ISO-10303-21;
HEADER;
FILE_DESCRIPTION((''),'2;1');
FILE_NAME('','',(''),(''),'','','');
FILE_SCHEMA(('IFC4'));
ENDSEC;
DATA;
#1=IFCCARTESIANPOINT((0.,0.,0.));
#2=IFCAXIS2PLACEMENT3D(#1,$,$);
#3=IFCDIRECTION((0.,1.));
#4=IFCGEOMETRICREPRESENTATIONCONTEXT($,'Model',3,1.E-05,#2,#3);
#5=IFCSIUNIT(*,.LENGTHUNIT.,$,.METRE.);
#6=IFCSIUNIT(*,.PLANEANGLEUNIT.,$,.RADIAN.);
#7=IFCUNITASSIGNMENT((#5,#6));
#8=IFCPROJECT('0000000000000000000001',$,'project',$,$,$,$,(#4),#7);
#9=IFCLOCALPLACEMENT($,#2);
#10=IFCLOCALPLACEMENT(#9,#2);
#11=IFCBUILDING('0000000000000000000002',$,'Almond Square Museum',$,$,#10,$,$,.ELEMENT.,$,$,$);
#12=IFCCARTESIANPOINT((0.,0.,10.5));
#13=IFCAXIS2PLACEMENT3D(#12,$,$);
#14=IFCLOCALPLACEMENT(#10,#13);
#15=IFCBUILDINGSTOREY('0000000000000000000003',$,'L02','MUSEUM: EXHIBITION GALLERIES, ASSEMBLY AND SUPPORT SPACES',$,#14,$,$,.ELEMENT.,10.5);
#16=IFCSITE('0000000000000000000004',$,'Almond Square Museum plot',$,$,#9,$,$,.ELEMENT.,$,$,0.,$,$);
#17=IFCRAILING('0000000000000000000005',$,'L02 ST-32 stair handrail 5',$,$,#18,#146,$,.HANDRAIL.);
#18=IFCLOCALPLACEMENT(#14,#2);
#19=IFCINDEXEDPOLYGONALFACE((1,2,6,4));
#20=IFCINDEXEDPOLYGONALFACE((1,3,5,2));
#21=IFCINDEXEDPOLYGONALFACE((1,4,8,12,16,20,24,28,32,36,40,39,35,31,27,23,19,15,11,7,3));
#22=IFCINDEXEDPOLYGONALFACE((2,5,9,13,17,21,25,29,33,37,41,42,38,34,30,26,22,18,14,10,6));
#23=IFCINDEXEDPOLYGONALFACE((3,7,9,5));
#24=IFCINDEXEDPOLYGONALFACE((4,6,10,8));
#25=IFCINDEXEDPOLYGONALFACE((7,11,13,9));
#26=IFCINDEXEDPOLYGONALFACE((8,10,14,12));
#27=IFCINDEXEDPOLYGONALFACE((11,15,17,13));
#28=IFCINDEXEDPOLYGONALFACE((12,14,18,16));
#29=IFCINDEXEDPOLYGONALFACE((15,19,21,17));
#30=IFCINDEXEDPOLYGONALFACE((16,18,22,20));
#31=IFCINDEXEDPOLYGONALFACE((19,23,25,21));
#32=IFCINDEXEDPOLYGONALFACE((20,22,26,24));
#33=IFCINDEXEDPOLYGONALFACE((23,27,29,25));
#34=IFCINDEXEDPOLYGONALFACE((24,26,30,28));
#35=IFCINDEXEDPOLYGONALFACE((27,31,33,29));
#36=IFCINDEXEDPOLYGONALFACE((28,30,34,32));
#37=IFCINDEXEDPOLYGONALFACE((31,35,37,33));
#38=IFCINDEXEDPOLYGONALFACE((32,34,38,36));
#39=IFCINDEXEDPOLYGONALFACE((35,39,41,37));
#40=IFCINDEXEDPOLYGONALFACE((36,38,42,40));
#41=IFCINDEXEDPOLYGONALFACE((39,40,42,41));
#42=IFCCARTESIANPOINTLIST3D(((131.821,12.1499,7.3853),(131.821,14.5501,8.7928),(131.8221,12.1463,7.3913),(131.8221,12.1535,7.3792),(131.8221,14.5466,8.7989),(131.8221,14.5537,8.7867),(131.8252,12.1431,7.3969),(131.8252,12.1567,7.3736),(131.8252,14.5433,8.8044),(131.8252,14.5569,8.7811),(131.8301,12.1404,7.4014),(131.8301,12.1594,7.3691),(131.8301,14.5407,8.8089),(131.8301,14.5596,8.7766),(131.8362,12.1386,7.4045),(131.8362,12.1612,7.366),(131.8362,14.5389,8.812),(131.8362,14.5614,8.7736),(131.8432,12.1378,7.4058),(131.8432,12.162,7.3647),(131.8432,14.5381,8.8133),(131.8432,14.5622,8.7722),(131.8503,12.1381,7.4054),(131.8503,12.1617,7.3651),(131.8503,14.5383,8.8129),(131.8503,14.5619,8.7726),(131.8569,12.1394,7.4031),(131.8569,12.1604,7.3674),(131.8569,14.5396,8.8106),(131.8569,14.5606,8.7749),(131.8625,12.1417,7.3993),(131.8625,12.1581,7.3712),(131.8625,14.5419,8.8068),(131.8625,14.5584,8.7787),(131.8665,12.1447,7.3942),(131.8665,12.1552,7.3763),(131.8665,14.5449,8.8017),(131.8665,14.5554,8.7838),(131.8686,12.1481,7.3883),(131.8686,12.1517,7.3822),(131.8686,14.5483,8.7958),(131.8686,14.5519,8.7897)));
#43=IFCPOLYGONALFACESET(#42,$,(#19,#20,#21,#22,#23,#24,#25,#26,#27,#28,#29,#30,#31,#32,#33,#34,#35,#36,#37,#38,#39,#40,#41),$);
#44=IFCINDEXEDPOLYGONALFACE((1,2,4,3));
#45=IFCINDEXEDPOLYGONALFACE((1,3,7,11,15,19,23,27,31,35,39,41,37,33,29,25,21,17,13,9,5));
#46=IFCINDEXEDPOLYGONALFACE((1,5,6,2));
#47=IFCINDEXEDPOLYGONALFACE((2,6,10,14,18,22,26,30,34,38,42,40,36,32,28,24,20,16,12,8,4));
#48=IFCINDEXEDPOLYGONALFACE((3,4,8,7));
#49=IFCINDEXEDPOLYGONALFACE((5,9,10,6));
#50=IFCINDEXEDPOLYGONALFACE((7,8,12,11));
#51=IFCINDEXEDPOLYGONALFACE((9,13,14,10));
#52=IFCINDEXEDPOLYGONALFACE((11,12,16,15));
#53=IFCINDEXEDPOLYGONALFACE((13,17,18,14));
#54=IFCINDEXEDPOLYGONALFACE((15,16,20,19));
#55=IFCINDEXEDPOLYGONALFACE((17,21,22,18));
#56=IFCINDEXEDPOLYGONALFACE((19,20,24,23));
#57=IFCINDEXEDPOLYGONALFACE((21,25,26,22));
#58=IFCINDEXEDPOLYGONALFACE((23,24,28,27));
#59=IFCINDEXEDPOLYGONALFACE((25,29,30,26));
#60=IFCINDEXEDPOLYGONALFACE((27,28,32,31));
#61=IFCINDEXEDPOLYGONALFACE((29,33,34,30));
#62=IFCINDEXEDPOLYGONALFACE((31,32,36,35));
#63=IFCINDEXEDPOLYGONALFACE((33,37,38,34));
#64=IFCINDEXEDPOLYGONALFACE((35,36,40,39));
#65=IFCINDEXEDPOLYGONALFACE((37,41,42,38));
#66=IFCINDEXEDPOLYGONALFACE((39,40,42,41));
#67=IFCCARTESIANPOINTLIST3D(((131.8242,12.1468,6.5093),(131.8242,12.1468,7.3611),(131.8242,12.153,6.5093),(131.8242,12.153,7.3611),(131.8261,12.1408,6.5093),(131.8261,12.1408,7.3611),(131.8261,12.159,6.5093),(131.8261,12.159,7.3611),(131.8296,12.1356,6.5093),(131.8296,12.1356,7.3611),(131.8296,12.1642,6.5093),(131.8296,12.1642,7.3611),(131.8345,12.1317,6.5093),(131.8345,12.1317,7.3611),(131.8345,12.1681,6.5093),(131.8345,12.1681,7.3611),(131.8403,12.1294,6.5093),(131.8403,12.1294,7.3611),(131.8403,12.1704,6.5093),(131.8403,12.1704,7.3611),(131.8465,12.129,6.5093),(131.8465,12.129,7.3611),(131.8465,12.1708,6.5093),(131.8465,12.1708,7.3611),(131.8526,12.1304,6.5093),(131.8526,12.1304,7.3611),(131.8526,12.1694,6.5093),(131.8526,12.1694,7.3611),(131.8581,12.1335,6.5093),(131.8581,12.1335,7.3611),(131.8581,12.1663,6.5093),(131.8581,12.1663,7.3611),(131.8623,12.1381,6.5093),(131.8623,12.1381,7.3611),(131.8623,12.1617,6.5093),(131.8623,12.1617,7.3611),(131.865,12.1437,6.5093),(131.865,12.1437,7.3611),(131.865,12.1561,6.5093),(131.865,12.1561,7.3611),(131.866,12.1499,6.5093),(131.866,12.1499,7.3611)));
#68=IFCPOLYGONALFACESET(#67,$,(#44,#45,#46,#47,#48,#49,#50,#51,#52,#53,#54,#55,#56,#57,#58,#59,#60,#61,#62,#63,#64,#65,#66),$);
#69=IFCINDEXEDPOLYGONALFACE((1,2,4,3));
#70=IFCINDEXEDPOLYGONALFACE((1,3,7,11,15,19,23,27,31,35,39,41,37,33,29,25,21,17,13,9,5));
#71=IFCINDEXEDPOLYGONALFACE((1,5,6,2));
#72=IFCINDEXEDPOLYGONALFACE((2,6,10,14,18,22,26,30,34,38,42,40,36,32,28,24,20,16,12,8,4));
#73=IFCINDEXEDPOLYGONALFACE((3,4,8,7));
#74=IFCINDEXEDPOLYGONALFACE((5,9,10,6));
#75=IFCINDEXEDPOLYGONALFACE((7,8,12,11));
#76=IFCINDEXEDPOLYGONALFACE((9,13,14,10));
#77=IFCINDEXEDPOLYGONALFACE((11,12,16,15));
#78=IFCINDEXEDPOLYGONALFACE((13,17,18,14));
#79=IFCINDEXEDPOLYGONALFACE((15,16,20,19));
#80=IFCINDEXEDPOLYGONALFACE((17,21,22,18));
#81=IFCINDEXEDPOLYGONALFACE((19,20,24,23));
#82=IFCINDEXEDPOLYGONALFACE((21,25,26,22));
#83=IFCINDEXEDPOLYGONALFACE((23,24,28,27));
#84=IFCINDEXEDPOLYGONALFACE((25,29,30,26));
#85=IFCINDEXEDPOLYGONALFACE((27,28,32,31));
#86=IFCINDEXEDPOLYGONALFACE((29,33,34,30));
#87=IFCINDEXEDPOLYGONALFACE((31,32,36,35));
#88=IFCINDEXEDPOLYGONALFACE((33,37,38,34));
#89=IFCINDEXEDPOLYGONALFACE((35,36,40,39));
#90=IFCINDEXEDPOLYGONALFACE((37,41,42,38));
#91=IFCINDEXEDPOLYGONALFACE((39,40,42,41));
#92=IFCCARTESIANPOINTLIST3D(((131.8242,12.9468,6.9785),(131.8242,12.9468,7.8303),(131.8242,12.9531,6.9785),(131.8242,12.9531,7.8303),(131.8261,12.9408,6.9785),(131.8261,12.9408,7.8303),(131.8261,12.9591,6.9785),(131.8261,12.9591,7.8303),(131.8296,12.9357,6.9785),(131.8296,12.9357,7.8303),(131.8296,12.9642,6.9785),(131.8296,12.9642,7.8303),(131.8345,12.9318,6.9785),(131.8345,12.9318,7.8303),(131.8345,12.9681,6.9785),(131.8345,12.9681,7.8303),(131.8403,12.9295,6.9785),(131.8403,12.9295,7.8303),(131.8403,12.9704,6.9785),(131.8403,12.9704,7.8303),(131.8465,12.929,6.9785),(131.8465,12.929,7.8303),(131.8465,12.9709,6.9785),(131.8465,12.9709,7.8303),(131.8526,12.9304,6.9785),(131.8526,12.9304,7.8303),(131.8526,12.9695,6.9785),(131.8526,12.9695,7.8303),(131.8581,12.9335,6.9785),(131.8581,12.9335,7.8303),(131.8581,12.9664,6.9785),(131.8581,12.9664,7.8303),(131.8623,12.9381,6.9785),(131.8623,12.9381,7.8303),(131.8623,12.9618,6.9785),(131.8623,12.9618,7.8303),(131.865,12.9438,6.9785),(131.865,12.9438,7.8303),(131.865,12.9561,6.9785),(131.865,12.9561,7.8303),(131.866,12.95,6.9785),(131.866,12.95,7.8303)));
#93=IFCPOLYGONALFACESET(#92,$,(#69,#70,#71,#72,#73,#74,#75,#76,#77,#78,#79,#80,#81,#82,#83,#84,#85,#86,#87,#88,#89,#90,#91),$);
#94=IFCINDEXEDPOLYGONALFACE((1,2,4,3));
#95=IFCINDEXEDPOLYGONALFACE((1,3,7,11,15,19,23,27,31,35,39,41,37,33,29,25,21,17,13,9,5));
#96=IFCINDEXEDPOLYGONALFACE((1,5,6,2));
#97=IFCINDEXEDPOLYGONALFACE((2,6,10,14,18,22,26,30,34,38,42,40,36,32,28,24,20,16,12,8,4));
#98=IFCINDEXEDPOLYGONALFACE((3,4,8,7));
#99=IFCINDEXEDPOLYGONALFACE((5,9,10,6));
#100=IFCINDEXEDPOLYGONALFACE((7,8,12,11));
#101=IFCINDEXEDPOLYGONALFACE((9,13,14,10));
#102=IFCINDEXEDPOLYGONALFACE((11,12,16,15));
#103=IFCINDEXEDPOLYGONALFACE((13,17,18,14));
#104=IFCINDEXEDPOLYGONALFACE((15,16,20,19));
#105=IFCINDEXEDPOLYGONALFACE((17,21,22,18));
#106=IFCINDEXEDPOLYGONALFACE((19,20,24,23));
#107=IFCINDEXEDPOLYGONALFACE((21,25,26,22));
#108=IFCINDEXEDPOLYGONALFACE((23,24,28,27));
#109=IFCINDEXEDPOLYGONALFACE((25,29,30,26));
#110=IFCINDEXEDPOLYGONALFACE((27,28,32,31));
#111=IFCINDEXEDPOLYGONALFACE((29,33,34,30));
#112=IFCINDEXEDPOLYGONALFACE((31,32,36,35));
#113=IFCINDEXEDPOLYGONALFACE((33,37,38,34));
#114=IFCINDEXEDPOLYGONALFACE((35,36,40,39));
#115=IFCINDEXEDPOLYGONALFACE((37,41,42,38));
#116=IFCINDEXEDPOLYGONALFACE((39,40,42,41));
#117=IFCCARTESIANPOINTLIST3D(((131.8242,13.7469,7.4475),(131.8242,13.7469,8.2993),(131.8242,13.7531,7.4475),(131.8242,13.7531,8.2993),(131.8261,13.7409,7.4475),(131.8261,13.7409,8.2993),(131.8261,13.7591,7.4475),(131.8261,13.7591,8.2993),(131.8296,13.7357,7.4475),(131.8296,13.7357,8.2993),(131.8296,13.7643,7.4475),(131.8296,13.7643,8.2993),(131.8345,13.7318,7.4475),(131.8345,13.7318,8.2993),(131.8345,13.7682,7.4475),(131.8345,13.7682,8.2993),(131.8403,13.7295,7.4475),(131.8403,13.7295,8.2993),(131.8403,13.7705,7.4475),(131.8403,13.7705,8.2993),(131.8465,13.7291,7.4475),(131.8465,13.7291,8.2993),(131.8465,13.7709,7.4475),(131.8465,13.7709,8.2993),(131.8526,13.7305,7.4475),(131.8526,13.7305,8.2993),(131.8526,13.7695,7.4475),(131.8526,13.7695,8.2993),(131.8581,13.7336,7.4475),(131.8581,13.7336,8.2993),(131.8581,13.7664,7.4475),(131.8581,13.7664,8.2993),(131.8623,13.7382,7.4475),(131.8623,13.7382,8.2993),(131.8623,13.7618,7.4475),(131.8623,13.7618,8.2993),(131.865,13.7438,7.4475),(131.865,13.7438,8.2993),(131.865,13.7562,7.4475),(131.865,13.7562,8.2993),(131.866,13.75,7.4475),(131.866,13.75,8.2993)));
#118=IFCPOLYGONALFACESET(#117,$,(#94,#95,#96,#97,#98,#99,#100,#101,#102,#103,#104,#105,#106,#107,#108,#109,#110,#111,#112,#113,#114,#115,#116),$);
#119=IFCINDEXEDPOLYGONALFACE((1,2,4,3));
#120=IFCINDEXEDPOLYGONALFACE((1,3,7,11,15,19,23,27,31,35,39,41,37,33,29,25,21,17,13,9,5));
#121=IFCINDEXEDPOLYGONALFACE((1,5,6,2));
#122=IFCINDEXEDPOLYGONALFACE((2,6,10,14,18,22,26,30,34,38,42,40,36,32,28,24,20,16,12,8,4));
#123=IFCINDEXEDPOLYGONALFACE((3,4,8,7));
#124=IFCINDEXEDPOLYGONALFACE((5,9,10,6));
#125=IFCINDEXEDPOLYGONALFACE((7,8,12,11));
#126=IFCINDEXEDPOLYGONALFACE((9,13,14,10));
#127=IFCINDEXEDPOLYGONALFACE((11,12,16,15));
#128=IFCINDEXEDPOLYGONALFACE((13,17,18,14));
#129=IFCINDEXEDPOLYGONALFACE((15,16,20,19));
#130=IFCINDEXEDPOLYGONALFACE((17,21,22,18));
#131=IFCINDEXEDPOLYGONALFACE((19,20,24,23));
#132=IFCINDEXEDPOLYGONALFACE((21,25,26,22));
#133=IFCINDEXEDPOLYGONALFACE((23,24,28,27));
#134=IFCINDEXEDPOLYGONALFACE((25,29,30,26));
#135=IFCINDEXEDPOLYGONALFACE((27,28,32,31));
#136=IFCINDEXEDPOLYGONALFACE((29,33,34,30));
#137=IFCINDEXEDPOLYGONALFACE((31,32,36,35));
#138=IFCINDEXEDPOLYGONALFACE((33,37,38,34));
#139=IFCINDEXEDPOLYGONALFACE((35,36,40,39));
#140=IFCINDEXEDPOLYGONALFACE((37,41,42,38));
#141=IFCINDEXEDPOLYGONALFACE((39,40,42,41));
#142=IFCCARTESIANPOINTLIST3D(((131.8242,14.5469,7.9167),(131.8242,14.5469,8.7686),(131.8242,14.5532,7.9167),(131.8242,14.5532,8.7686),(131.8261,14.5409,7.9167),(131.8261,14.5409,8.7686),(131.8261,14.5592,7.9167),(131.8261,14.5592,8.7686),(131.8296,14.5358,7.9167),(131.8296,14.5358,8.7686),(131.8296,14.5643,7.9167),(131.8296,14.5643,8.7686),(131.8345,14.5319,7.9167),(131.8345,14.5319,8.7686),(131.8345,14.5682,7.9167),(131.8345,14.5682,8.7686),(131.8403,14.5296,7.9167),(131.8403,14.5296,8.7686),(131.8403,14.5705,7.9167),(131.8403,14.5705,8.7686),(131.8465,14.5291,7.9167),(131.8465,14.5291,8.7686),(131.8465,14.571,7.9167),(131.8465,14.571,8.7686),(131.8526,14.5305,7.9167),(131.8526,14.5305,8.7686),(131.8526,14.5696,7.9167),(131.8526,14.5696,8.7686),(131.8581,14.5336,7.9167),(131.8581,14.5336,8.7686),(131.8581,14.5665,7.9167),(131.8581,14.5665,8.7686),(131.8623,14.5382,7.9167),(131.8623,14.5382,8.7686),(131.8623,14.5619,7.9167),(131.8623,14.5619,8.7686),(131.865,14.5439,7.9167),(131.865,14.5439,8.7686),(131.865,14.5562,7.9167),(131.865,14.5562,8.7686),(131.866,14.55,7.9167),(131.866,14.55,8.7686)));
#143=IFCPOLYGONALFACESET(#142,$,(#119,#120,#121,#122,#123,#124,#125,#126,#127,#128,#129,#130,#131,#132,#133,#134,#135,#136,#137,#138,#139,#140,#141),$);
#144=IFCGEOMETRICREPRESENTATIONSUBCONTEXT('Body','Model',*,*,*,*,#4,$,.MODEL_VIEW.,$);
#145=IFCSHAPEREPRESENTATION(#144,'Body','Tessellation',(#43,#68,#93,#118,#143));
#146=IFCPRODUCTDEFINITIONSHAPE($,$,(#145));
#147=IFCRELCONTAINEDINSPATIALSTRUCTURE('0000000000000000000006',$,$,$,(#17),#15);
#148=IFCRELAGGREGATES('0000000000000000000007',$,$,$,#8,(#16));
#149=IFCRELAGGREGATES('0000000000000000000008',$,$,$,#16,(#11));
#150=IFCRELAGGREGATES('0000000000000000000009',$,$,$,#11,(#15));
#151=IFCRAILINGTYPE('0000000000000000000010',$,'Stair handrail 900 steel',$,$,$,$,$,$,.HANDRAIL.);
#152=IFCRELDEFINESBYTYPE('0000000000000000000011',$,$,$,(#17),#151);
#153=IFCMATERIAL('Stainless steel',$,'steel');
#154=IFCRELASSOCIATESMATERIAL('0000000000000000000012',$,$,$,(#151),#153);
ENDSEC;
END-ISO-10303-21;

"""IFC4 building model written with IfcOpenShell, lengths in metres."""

from ifc_helpers import new_model, si_unit, direction, frame, origin, origin_2d, place, context, subcontext, project, spatial, circle, extrude, material, type_object, element, save


model = new_model("IFC4")

# Units and contexts
model_context = context("Model", 3, precision=1e-05, world=origin(), true_north=direction((0.0, 1.0)))
body_context = subcontext(model_context, "Body", "Model", "MODEL_VIEW")
ifc_project = project(units=[si_unit("LENGTHUNIT", "METRE"), si_unit("PLANEANGLEUNIT", "RADIAN")], contexts=[model_context])

# Site, building, storey
site_placement = place(None, origin())
site = spatial("IfcSite", under=ifc_project, at=site_placement, Name="Almond Square Museum plot", CompositionType="ELEMENT", RefElevation=0.0)
building_placement = place(site_placement, origin())
building = spatial("IfcBuilding", under=site, at=building_placement, Name="Almond Square Museum", CompositionType="ELEMENT")
storey_placement = place(building_placement, frame((0.0, 0.0, 10.5)))
storey = spatial("IfcBuildingStorey", under=building, at=storey_placement, Name="L02", Description="MUSEUM: EXHIBITION GALLERIES, ASSEMBLY AND SUPPORT SPACES", CompositionType="ELEMENT", Elevation=10.5)

# Railing
ifc_material_1 = material(Name="Stainless steel", Category="steel")
railing_type_1 = type_object("IfcRailingType", Name="Stair handrail 900 steel", PredefinedType="HANDRAIL", material=ifc_material_1)
railing_1_placement = place(storey_placement, frame((131.845, 12.1499, 6.5093)))
element("IfcRailing", 1, at=railing_1_placement, inside=storey, type_object=railing_type_1, Name="L02 ST-32 stair handrail 5", PredefinedType="HANDRAIL", context=body_context, shape_type="SweptSolid", body=[
    extrude(circle(Radius=0.0239, at=origin_2d()), frame((0.0, 0.0, 0.876), z_axis=(0.0, 0.862621, 0.50585), x_axis=(-1.0, 0.0, 0.0)), (0.0, 0.0, 1.0), 2.7825),
    extrude(circle(Radius=0.021, at=origin_2d()), origin(), (0.0, 0.0, 1.0), 0.8518),
    extrude(circle(Radius=0.021, at=origin_2d()), frame((0.0, 0.8, 0.4692)), (0.0, 0.0, 1.0), 0.8518),
    extrude(circle(Radius=0.021, at=origin_2d()), frame((0.0, 1.6001, 0.9382)), (0.0, 0.0, 1.0), 0.8518),
    extrude(circle(Radius=0.021, at=origin_2d()), frame((0.0, 2.4001, 1.4075)), (0.0, 0.0, 1.0), 0.8518),
])

save(model, "model.ifc")
